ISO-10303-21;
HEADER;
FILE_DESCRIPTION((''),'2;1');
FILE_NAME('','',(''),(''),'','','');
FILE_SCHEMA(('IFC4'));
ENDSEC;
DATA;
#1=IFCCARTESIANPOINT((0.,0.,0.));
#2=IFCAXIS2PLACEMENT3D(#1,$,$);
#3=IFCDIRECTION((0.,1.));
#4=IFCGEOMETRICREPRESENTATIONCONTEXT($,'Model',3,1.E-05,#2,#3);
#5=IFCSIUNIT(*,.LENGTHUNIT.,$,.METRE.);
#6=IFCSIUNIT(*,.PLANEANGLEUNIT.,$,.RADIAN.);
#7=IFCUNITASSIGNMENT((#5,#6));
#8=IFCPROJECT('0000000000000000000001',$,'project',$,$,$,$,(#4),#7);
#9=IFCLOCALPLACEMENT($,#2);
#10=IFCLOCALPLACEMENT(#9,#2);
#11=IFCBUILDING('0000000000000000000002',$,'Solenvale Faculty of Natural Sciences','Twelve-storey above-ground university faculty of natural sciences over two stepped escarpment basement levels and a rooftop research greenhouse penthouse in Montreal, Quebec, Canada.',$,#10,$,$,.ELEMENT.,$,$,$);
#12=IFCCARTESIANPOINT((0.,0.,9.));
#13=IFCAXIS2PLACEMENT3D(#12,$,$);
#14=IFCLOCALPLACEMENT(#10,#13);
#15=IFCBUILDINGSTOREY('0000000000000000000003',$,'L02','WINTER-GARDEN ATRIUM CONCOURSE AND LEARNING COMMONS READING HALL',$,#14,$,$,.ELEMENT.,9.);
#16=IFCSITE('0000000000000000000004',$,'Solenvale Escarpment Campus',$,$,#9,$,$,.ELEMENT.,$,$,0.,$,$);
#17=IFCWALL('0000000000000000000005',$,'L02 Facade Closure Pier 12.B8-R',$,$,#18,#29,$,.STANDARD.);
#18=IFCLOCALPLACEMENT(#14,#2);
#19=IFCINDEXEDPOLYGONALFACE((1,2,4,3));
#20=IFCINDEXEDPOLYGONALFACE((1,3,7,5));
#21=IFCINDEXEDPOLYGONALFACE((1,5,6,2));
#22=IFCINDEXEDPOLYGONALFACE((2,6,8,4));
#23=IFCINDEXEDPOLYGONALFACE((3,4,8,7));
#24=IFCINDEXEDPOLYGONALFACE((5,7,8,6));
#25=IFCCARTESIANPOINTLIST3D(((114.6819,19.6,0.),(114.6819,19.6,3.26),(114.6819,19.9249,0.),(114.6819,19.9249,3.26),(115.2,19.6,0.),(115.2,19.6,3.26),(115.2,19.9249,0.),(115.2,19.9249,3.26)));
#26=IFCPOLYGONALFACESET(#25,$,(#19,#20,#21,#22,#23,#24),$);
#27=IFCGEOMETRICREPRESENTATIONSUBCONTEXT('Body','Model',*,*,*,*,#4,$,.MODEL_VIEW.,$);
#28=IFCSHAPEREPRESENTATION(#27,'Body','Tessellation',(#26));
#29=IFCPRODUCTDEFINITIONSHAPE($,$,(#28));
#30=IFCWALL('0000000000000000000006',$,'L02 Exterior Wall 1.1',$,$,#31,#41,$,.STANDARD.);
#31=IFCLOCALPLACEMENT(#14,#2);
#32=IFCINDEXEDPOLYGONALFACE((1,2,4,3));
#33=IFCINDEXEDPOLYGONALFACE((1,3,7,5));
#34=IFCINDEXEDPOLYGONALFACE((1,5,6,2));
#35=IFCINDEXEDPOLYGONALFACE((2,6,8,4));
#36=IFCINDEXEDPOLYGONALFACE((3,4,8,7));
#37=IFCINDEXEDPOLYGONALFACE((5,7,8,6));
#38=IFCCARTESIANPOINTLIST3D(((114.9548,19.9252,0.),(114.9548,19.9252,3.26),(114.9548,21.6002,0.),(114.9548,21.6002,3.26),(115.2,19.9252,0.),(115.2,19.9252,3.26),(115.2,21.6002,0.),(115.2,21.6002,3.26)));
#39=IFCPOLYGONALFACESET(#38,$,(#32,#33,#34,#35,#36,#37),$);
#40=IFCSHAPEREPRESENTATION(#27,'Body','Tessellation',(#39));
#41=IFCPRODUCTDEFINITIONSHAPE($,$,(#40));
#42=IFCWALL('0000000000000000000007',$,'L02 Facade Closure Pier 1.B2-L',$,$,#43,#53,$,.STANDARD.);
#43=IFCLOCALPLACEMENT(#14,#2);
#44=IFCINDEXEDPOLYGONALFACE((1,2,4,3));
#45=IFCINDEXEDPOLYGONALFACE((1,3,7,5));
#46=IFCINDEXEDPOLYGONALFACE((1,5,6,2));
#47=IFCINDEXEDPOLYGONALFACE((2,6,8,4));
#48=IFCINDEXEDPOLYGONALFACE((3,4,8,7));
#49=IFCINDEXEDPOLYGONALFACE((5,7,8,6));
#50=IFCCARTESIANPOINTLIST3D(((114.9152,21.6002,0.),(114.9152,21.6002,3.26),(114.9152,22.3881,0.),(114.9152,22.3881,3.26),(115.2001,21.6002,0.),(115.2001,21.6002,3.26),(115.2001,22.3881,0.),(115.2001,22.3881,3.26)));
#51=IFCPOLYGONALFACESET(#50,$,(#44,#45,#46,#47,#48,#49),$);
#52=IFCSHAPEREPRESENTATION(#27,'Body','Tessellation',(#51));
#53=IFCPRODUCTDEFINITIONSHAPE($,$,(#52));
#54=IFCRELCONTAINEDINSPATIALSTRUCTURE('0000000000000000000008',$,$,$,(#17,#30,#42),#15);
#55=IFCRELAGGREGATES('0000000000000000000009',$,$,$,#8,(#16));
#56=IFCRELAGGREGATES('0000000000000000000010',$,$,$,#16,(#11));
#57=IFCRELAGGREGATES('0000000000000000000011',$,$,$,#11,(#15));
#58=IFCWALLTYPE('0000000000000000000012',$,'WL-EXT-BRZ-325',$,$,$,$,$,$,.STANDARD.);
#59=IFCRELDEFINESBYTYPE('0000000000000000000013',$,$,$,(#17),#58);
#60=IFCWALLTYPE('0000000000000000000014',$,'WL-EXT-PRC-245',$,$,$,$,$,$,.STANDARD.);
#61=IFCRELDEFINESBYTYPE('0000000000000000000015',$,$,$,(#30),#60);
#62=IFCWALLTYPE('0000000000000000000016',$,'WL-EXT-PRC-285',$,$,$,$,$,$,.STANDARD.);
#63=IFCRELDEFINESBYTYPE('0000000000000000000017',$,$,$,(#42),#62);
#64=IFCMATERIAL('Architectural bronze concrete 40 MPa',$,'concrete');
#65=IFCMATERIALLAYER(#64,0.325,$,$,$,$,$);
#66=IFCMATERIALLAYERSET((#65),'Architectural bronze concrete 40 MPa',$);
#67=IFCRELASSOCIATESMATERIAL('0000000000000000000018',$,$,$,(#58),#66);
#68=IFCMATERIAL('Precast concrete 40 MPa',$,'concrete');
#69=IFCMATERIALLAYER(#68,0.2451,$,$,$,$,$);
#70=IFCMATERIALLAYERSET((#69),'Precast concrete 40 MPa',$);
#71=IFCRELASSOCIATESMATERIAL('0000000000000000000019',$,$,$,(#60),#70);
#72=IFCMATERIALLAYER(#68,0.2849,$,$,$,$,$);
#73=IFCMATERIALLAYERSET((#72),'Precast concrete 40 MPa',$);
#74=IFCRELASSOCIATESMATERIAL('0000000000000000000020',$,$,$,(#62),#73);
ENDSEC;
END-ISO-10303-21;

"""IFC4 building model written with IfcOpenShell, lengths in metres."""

from ifc_helpers import new_model, si_unit, direction, frame, frame_2d, origin, place, context, subcontext, project, spatial, rectangle, extrude, material, layer, layer_set, type_object, element, save


model = new_model("IFC4")

# Units and contexts
model_context = context("Model", 3, precision=1e-05, world=origin(), true_north=direction((0.0, 1.0)))
body_context = subcontext(model_context, "Body", "Model", "MODEL_VIEW")
ifc_project = project(units=[si_unit("LENGTHUNIT", "METRE"), si_unit("PLANEANGLEUNIT", "RADIAN")], contexts=[model_context])

# Site, building, storey
site_placement = place(None, origin())
site = spatial("IfcSite", under=ifc_project, at=site_placement, Name="Solenvale Escarpment Campus", CompositionType="ELEMENT", RefElevation=0.0)
building_placement = place(site_placement, origin())
building = spatial("IfcBuilding", under=site, at=building_placement, Name="Solenvale Faculty of Natural Sciences", Description="Twelve-storey above-ground university faculty of natural sciences over two stepped escarpment basement levels and a rooftop research greenhouse penthouse in Montreal, Quebec, Canada.", CompositionType="ELEMENT")
storey_placement = place(building_placement, frame((0.0, 0.0, 9.0)))
storey = spatial("IfcBuildingStorey", under=building, at=storey_placement, Name="L02", Description="WINTER-GARDEN ATRIUM CONCOURSE AND LEARNING COMMONS READING HALL", CompositionType="ELEMENT", Elevation=9.0)

# Walls
ifc_material_1 = material(Name="Architectural bronze concrete 40 MPa", Category="concrete")
ifc_layer_1 = layer(ifc_material_1, 0.325)
ifc_layer_set_1 = layer_set([ifc_layer_1], Name="Architectural bronze concrete 40 MPa")
wall_type_1 = type_object("IfcWallType", Name="WL-EXT-BRZ-325", PredefinedType="STANDARD", material=ifc_layer_set_1)
wall_1_placement = place(storey_placement, frame((114.6819, 19.7625, 0.0), z_axis=(0.0, 0.0, 1.0), x_axis=(1.0, 0.0, 0.0)))
element("IfcWall", 1, at=wall_1_placement, inside=storey, type_object=wall_type_1, Name="L02 Facade Closure Pier 12.B8-R", PredefinedType="STANDARD", context=body_context, shape_type="SweptSolid", body=[
    extrude(rectangle(XDim=0.5181, YDim=0.325, at=frame_2d((0.259, 0.0))), origin(), (0.0, 0.0, 1.0), 3.26),
])
ifc_material_2 = material(Name="Precast concrete 40 MPa", Category="concrete")
ifc_layer_2 = layer(ifc_material_2, 0.2451)
ifc_layer_set_2 = layer_set([ifc_layer_2], Name="Precast concrete 40 MPa")
wall_type_2 = type_object("IfcWallType", Name="WL-EXT-PRC-245", PredefinedType="STANDARD", material=ifc_layer_set_2)
wall_2_placement = place(storey_placement, frame((115.0774, 21.6001, 0.0), z_axis=(0.0, 0.0, 1.0), x_axis=(0.0, -1.0, 0.0)))
element("IfcWall", 2, at=wall_2_placement, inside=storey, type_object=wall_type_2, Name="L02 Exterior Wall 1.1", PredefinedType="STANDARD", context=body_context, shape_type="SweptSolid", body=[
    extrude(rectangle(XDim=1.675, YDim=0.2451, at=frame_2d((0.8374, 0.0))), origin(), (0.0, 0.0, 1.0), 3.26),
])
ifc_layer_3 = layer(ifc_material_2, 0.2849)
ifc_layer_set_3 = layer_set([ifc_layer_3], Name="Precast concrete 40 MPa")
wall_type_3 = type_object("IfcWallType", Name="WL-EXT-PRC-285", PredefinedType="STANDARD", material=ifc_layer_set_3)
wall_3_placement = place(storey_placement, frame((115.0576, 21.6001, 0.0), z_axis=(0.0, 0.0, 1.0), x_axis=(0.0, 1.0, 0.0)))
element("IfcWall", 3, at=wall_3_placement, inside=storey, type_object=wall_type_3, Name="L02 Facade Closure Pier 1.B2-L", PredefinedType="STANDARD", context=body_context, shape_type="SweptSolid", body=[
    extrude(rectangle(XDim=0.7878, YDim=0.2849, at=frame_2d((0.394, 0.0))), origin(), (0.0, 0.0, 1.0), 3.26),
])

save(model, "model.ifc")
